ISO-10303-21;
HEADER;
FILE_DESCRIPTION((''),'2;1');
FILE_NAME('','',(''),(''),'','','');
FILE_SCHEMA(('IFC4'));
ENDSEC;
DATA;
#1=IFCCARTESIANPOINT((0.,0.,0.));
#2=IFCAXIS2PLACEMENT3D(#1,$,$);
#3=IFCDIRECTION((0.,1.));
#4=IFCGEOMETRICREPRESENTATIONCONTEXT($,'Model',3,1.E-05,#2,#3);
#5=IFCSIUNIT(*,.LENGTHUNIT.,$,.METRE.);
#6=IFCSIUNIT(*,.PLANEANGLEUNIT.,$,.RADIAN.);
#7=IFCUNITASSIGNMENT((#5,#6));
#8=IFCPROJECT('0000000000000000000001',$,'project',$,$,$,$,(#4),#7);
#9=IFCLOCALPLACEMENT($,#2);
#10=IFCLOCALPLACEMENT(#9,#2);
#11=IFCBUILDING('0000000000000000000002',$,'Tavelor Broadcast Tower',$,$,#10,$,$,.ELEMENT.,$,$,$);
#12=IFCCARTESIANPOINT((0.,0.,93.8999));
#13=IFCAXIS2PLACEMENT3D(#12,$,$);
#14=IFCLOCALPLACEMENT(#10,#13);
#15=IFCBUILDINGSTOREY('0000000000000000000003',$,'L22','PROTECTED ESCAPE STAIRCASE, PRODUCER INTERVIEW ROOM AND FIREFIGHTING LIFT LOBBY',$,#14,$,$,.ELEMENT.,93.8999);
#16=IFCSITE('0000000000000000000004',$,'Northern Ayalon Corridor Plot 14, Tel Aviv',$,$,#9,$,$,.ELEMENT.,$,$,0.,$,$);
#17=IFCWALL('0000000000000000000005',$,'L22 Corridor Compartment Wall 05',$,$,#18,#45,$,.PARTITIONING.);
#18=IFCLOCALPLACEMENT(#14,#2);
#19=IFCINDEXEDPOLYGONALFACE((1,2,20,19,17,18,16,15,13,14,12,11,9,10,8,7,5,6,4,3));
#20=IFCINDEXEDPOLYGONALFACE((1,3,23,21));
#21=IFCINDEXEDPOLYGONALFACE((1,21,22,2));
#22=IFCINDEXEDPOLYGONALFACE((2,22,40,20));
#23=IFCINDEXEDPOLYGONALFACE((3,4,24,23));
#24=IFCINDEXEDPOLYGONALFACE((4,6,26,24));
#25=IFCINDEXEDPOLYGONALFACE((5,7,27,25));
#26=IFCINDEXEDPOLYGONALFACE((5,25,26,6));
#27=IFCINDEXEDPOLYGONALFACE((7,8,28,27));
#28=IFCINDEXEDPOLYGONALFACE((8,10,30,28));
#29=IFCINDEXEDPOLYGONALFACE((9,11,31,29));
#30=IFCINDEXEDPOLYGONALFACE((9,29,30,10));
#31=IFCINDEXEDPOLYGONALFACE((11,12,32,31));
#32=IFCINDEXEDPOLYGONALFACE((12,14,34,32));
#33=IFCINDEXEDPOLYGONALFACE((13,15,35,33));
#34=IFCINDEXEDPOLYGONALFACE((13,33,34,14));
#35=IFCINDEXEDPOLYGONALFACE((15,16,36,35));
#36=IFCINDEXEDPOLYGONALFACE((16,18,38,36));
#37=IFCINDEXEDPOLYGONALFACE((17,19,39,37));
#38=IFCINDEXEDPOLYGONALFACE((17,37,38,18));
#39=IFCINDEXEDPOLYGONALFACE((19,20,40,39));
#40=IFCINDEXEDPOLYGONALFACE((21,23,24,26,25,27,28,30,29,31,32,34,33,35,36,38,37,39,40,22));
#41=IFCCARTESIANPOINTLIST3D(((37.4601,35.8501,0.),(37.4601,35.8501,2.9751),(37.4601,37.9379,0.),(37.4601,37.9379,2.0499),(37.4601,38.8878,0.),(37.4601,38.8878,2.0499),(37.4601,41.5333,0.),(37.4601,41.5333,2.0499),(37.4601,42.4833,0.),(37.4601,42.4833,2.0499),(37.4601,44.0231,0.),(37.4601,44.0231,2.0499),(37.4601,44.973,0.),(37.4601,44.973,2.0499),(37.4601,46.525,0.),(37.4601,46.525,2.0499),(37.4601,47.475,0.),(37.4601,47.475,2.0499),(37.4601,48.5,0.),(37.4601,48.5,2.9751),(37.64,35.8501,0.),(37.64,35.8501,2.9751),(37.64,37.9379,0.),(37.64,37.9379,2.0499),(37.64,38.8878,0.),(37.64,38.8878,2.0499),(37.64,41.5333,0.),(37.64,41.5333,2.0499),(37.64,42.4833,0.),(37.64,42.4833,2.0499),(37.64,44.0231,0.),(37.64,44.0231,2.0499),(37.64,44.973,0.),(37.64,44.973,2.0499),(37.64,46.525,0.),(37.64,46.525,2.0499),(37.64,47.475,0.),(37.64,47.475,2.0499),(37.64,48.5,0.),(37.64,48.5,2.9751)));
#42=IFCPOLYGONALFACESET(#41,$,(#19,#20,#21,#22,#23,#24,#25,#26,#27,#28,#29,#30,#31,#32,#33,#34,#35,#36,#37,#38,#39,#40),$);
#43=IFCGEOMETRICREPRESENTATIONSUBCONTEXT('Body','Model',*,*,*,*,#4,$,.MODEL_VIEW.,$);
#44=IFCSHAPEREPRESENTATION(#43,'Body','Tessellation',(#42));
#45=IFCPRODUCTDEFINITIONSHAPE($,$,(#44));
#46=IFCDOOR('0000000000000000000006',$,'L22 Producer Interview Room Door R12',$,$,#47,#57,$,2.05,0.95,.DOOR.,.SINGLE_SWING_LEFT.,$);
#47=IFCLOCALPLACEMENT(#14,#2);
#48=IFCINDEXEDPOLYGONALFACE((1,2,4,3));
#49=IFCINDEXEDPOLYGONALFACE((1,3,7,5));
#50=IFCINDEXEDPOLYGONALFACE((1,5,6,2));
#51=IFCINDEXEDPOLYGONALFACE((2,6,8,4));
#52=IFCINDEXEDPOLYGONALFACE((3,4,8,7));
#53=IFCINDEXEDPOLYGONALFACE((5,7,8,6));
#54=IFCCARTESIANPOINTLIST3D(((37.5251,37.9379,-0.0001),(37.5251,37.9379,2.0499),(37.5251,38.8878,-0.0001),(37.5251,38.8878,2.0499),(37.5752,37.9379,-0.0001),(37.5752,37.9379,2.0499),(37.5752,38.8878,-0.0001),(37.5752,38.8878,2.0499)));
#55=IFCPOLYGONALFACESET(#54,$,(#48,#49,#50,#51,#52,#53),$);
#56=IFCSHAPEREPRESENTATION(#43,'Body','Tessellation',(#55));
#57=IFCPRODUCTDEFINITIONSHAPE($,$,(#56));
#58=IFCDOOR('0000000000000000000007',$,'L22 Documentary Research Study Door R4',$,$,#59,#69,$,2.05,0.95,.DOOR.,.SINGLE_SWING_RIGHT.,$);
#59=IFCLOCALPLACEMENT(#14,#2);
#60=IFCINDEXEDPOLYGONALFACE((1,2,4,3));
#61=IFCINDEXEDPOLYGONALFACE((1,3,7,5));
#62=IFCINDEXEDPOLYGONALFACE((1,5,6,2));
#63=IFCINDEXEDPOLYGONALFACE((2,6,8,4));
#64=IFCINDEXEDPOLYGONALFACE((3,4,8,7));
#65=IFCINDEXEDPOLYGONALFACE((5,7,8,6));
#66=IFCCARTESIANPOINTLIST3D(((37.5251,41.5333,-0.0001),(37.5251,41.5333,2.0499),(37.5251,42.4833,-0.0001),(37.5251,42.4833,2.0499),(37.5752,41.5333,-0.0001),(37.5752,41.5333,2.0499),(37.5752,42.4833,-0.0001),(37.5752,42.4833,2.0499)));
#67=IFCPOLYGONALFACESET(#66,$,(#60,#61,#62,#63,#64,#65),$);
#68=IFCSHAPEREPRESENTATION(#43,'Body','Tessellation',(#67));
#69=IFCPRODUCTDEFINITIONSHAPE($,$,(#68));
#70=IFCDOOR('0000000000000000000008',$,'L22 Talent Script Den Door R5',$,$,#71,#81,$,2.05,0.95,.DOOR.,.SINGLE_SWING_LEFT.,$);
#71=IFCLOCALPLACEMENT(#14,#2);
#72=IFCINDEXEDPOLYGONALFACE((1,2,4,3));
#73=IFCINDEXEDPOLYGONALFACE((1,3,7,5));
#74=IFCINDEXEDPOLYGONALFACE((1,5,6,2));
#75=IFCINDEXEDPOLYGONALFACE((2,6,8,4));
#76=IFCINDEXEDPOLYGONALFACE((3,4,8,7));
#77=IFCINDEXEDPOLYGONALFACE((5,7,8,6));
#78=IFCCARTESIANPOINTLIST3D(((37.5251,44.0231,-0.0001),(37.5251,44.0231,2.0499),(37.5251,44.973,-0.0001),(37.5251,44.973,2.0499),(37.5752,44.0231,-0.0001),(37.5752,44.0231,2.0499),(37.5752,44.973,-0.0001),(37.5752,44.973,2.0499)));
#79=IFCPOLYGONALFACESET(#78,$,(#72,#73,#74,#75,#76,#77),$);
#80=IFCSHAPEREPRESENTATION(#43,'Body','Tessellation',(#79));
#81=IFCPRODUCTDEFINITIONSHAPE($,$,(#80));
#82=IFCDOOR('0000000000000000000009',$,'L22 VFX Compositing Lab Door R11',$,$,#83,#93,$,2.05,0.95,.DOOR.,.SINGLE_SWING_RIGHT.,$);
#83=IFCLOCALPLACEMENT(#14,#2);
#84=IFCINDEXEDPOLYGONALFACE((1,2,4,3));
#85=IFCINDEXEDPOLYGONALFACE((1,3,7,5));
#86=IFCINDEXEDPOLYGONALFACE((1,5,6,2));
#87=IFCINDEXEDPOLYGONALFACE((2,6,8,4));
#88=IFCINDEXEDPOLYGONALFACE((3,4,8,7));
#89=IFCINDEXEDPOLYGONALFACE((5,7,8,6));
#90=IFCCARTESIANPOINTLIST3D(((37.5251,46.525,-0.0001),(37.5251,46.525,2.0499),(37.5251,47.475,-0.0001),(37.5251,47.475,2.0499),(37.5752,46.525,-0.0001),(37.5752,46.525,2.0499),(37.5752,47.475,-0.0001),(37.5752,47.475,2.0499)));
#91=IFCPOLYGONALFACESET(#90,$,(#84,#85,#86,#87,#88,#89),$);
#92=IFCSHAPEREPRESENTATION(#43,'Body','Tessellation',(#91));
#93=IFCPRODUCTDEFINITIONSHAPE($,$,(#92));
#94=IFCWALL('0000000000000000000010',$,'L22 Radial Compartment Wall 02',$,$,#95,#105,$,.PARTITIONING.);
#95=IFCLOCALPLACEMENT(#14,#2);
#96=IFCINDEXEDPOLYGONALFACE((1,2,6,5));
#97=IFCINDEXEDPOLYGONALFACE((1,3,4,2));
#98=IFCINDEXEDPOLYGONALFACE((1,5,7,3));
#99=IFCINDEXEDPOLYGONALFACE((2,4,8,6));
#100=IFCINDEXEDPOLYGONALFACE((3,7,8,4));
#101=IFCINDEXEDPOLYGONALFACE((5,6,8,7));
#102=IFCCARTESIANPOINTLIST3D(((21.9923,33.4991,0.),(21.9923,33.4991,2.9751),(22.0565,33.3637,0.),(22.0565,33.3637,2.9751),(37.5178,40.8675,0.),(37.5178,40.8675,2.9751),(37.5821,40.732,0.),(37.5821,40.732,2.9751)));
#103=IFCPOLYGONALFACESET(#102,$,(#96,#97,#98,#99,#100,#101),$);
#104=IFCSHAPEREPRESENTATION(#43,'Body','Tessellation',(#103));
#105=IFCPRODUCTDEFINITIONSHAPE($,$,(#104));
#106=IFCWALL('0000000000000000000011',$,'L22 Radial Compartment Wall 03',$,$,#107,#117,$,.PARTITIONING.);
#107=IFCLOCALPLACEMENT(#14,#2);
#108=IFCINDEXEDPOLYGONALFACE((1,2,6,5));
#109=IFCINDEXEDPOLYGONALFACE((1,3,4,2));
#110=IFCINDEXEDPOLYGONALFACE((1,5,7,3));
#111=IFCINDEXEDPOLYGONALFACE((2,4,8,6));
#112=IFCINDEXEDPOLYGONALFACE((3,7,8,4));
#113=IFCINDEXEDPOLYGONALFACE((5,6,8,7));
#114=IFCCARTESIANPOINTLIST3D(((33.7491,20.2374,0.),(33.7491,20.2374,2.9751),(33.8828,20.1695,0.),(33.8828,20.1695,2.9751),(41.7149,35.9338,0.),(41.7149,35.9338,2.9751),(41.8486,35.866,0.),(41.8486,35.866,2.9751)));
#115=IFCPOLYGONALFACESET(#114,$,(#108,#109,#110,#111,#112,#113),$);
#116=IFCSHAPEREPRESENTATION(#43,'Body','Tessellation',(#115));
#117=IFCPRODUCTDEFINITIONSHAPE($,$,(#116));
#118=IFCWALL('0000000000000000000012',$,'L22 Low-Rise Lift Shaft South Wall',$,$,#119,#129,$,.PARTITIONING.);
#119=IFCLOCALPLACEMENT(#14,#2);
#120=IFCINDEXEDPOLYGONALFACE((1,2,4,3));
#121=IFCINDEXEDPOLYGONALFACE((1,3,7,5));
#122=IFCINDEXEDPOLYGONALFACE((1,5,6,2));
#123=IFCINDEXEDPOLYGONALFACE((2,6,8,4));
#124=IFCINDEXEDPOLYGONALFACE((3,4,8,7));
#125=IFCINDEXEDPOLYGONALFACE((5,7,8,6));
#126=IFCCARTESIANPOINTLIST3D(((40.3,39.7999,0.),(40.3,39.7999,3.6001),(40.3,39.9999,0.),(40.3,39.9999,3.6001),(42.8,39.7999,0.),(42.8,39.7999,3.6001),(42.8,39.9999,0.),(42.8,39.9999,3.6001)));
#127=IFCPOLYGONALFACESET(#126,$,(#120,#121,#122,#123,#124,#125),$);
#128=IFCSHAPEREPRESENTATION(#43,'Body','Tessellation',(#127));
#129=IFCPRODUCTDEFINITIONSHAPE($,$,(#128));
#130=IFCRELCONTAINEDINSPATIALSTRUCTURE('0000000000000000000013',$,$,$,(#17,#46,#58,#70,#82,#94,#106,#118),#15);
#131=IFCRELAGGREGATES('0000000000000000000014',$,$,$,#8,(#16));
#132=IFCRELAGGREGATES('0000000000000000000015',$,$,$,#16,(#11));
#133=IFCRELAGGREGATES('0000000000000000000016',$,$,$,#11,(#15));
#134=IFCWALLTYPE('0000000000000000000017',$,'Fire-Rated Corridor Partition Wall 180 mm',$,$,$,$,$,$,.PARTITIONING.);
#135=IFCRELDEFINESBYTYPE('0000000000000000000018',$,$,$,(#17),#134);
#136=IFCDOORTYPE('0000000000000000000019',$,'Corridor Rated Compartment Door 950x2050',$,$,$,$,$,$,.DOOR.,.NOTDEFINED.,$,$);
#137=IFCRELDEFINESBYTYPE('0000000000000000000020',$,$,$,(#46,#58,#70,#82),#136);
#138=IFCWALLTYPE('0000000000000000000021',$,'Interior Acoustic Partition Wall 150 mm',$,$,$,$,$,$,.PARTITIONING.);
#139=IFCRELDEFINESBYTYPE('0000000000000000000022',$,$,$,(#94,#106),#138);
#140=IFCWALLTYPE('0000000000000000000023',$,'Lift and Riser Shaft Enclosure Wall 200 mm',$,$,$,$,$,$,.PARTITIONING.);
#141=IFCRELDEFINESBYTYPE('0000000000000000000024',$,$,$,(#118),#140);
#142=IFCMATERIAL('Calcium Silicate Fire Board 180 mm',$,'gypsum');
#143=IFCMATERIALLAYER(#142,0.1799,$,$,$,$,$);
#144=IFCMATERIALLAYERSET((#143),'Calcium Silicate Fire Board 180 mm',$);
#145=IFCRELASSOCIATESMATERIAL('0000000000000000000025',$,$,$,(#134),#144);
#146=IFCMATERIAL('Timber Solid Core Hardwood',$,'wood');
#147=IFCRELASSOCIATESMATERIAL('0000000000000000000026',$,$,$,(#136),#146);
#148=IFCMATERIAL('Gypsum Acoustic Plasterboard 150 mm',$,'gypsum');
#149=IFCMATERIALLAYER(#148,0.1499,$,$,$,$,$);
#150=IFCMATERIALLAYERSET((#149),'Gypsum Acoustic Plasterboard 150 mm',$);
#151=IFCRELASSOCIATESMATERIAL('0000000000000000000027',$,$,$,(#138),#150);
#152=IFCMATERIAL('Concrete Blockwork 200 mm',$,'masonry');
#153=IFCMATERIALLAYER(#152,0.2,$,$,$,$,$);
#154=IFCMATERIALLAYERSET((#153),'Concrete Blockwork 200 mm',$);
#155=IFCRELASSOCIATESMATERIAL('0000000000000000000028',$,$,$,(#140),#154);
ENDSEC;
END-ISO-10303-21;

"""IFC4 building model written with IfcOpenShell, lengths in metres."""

from ifc_helpers import new_model, si_unit, direction, frame, frame_2d, origin, place, context, subcontext, project, spatial, rectangle, extrude, material, layer, layer_set, type_object, element, fill, save


model = new_model("IFC4")

# Units and contexts
model_context = context("Model", 3, precision=1e-05, world=origin(), true_north=direction((0.0, 1.0)))
body_context = subcontext(model_context, "Body", "Model", "MODEL_VIEW")
ifc_project = project(units=[si_unit("LENGTHUNIT", "METRE"), si_unit("PLANEANGLEUNIT", "RADIAN")], contexts=[model_context])

# Site, building, storey
site_placement = place(None, origin())
site = spatial("IfcSite", under=ifc_project, at=site_placement, Name="Northern Ayalon Corridor Plot 14, Tel Aviv", CompositionType="ELEMENT", RefElevation=0.0)
building_placement = place(site_placement, origin())
building = spatial("IfcBuilding", under=site, at=building_placement, Name="Tavelor Broadcast Tower", CompositionType="ELEMENT")
storey_placement = place(building_placement, frame((0.0, 0.0, 93.8999)))
storey = spatial("IfcBuildingStorey", under=building, at=storey_placement, Name="L22", Description="PROTECTED ESCAPE STAIRCASE, PRODUCER INTERVIEW ROOM AND FIREFIGHTING LIFT LOBBY", CompositionType="ELEMENT", Elevation=93.8999)

# Wall, openings, doors
ifc_material_1 = material(Name="Calcium Silicate Fire Board 180 mm", Category="gypsum")
ifc_layer_1 = layer(ifc_material_1, 0.1799)
ifc_layer_set_1 = layer_set([ifc_layer_1], Name="Calcium Silicate Fire Board 180 mm")
wall_type_1 = type_object("IfcWallType", Name="Fire-Rated Corridor Partition Wall 180 mm", PredefinedType="PARTITIONING", material=ifc_layer_set_1)
wall_1_placement = place(storey_placement, frame((37.55, 35.8501, 0.0), z_axis=(0.0, 0.0, 1.0), x_axis=(0.0, 1.0, 0.0)))
wall_1 = element("IfcWall", 1, at=wall_1_placement, inside=storey, type_object=wall_type_1, Name="L22 Corridor Compartment Wall 05", PredefinedType="PARTITIONING", context=body_context, shape_type="SweptSolid", body=[
    extrude(rectangle(XDim=12.6499, YDim=0.1799, at=frame_2d((6.325, 0.0))), origin(), (0.0, 0.0, 1.0), 2.9751),
])
opening_1_placement = place(wall_1_placement, frame((2.0876, 0.0, 0.0)))
opening_1 = element("IfcOpeningElement", 2, at=opening_1_placement, cuts=wall_1, PredefinedType="OPENING", context=body_context, shape_type="SweptSolid", body=[
    extrude(rectangle(XDim=0.95, YDim=2.05, at=frame_2d((0.4751, 1.0249))), frame((0.0, 0.1001, 0.0), z_axis=(0.0, -1.0, 0.0), x_axis=(1.0, 0.0, 0.0)), (0.0, 0.0, 1.0), 0.2),
])
opening_2_placement = place(wall_1_placement, frame((5.6831, 0.0, 0.0)))
opening_2 = element("IfcOpeningElement", 3, at=opening_2_placement, cuts=wall_1, PredefinedType="OPENING", context=body_context, shape_type="SweptSolid", body=[
    extrude(rectangle(XDim=0.95, YDim=2.05, at=frame_2d((0.4751, 1.0249))), frame((0.0, 0.1001, 0.0), z_axis=(0.0, -1.0, 0.0), x_axis=(1.0, 0.0, 0.0)), (0.0, 0.0, 1.0), 0.2),
])
opening_3_placement = place(wall_1_placement, frame((8.1729, 0.0, 0.0)))
opening_3 = element("IfcOpeningElement", 4, at=opening_3_placement, cuts=wall_1, PredefinedType="OPENING", context=body_context, shape_type="SweptSolid", body=[
    extrude(rectangle(XDim=0.95, YDim=2.05, at=frame_2d((0.4751, 1.0249))), frame((0.0, 0.1001, 0.0), z_axis=(0.0, -1.0, 0.0), x_axis=(1.0, 0.0, 0.0)), (0.0, 0.0, 1.0), 0.2),
])
opening_4_placement = place(wall_1_placement, frame((10.6748, 0.0, 0.0)))
opening_4 = element("IfcOpeningElement", 5, at=opening_4_placement, cuts=wall_1, PredefinedType="OPENING", context=body_context, shape_type="SweptSolid", body=[
    extrude(rectangle(XDim=0.95, YDim=2.05, at=frame_2d((0.4751, 1.0249))), frame((0.0, 0.1001, 0.0), z_axis=(0.0, -1.0, 0.0), x_axis=(1.0, 0.0, 0.0)), (0.0, 0.0, 1.0), 0.2),
])
ifc_material_2 = material(Name="Timber Solid Core Hardwood", Category="wood")
door_type_1 = type_object("IfcDoorType", Name="Corridor Rated Compartment Door 950x2050", OperationType="NOTDEFINED", PredefinedType="DOOR", material=ifc_material_2)
door_1_placement = place(opening_1_placement, origin())
door_1 = element("IfcDoor", 6, at=door_1_placement, inside=storey, type_object=door_type_1, Name="L22 Producer Interview Room Door R12", OperationType="SINGLE_SWING_LEFT", OverallHeight=2.05, OverallWidth=0.95, PredefinedType="DOOR", context=body_context, shape_type="SweptSolid", body=[
    extrude(rectangle(XDim=0.95, YDim=2.05, at=frame_2d((0.4751, 1.0249))), frame((0.0, 0.0249, 0.0), z_axis=(0.0, -1.0, 0.0), x_axis=(1.0, 0.0, 0.0)), (0.0, 0.0, 1.0), 0.05),
])
fill(opening_1, door_1)
door_2_placement = place(opening_2_placement, origin())
door_2 = element("IfcDoor", 7, at=door_2_placement, inside=storey, type_object=door_type_1, Name="L22 Documentary Research Study Door R4", OperationType="SINGLE_SWING_RIGHT", OverallHeight=2.05, OverallWidth=0.95, PredefinedType="DOOR", context=body_context, shape_type="SweptSolid", body=[
    extrude(rectangle(XDim=0.95, YDim=2.05, at=frame_2d((0.4751, 1.0249))), frame((0.0, 0.0249, 0.0), z_axis=(0.0, -1.0, 0.0), x_axis=(1.0, 0.0, 0.0)), (0.0, 0.0, 1.0), 0.05),
])
fill(opening_2, door_2)
door_3_placement = place(opening_3_placement, origin())
door_3 = element("IfcDoor", 8, at=door_3_placement, inside=storey, type_object=door_type_1, Name="L22 Talent Script Den Door R5", OperationType="SINGLE_SWING_LEFT", OverallHeight=2.05, OverallWidth=0.95, PredefinedType="DOOR", context=body_context, shape_type="SweptSolid", body=[
    extrude(rectangle(XDim=0.95, YDim=2.05, at=frame_2d((0.4751, 1.0249))), frame((0.0, 0.0249, 0.0), z_axis=(0.0, -1.0, 0.0), x_axis=(1.0, 0.0, 0.0)), (0.0, 0.0, 1.0), 0.05),
])
fill(opening_3, door_3)
door_4_placement = place(opening_4_placement, origin())
door_4 = element("IfcDoor", 9, at=door_4_placement, inside=storey, type_object=door_type_1, Name="L22 VFX Compositing Lab Door R11", OperationType="SINGLE_SWING_RIGHT", OverallHeight=2.05, OverallWidth=0.95, PredefinedType="DOOR", context=body_context, shape_type="SweptSolid", body=[
    extrude(rectangle(XDim=0.95, YDim=2.05, at=frame_2d((0.4751, 1.0249))), frame((0.0, 0.0249, 0.0), z_axis=(0.0, -1.0, 0.0), x_axis=(1.0, 0.0, 0.0)), (0.0, 0.0, 1.0), 0.05),
])
fill(opening_4, door_4)

# Walls
ifc_material_3 = material(Name="Gypsum Acoustic Plasterboard 150 mm", Category="gypsum")
ifc_layer_2 = layer(ifc_material_3, 0.1499)
ifc_layer_set_2 = layer_set([ifc_layer_2], Name="Gypsum Acoustic Plasterboard 150 mm")
wall_type_2 = type_object("IfcWallType", Name="Interior Acoustic Partition Wall 150 mm", PredefinedType="PARTITIONING", material=ifc_layer_set_2)
wall_2_placement = place(storey_placement, frame((37.55, 40.7998, 0.0), z_axis=(0.0, 0.0, 1.0), x_axis=(-0.903419, -0.428759, 0.0)))
element("IfcWall", 10, at=wall_2_placement, inside=storey, type_object=wall_type_2, Name="L22 Radial Compartment Wall 02", PredefinedType="PARTITIONING", context=body_context, shape_type="SweptSolid", body=[
    extrude(rectangle(XDim=17.1853, YDim=0.1499, at=frame_2d((8.5928, 0.0))), origin(), (0.0, 0.0, 1.0), 2.9751),
])
wall_3_placement = place(storey_placement, frame((41.7817, 35.8999, 0.0), z_axis=(0.0, 0.0, 1.0), x_axis=(-0.452548, -0.89174, 0.0)))
element("IfcWall", 11, at=wall_3_placement, inside=storey, type_object=wall_type_2, Name="L22 Radial Compartment Wall 03", PredefinedType="PARTITIONING", context=body_context, shape_type="SweptSolid", body=[
    extrude(rectangle(XDim=17.6021, YDim=0.1499, at=frame_2d((8.801, 0.0))), origin(), (0.0, 0.0, 1.0), 2.9751),
])

# Shared definitions
ifc_material_4 = material(Name="Concrete Blockwork 200 mm", Category="masonry")

# Wall
ifc_layer_3 = layer(ifc_material_4, 0.2)
ifc_layer_set_3 = layer_set([ifc_layer_3], Name="Concrete Blockwork 200 mm")
wall_type_3 = type_object("IfcWallType", Name="Lift and Riser Shaft Enclosure Wall 200 mm", PredefinedType="PARTITIONING", material=ifc_layer_set_3)
wall_4_placement = place(storey_placement, frame((40.3, 39.8999, 0.0), z_axis=(0.0, 0.0, 1.0), x_axis=(1.0, 0.0, 0.0)))
element("IfcWall", 12, at=wall_4_placement, inside=storey, type_object=wall_type_3, Name="L22 Low-Rise Lift Shaft South Wall", PredefinedType="PARTITIONING", context=body_context, shape_type="SweptSolid", body=[
    extrude(rectangle(XDim=2.5, YDim=0.2, at=frame_2d((1.25, 0.0))), origin(), (0.0, 0.0, 1.0), 3.6001),
])

save(model, "model.ifc")
